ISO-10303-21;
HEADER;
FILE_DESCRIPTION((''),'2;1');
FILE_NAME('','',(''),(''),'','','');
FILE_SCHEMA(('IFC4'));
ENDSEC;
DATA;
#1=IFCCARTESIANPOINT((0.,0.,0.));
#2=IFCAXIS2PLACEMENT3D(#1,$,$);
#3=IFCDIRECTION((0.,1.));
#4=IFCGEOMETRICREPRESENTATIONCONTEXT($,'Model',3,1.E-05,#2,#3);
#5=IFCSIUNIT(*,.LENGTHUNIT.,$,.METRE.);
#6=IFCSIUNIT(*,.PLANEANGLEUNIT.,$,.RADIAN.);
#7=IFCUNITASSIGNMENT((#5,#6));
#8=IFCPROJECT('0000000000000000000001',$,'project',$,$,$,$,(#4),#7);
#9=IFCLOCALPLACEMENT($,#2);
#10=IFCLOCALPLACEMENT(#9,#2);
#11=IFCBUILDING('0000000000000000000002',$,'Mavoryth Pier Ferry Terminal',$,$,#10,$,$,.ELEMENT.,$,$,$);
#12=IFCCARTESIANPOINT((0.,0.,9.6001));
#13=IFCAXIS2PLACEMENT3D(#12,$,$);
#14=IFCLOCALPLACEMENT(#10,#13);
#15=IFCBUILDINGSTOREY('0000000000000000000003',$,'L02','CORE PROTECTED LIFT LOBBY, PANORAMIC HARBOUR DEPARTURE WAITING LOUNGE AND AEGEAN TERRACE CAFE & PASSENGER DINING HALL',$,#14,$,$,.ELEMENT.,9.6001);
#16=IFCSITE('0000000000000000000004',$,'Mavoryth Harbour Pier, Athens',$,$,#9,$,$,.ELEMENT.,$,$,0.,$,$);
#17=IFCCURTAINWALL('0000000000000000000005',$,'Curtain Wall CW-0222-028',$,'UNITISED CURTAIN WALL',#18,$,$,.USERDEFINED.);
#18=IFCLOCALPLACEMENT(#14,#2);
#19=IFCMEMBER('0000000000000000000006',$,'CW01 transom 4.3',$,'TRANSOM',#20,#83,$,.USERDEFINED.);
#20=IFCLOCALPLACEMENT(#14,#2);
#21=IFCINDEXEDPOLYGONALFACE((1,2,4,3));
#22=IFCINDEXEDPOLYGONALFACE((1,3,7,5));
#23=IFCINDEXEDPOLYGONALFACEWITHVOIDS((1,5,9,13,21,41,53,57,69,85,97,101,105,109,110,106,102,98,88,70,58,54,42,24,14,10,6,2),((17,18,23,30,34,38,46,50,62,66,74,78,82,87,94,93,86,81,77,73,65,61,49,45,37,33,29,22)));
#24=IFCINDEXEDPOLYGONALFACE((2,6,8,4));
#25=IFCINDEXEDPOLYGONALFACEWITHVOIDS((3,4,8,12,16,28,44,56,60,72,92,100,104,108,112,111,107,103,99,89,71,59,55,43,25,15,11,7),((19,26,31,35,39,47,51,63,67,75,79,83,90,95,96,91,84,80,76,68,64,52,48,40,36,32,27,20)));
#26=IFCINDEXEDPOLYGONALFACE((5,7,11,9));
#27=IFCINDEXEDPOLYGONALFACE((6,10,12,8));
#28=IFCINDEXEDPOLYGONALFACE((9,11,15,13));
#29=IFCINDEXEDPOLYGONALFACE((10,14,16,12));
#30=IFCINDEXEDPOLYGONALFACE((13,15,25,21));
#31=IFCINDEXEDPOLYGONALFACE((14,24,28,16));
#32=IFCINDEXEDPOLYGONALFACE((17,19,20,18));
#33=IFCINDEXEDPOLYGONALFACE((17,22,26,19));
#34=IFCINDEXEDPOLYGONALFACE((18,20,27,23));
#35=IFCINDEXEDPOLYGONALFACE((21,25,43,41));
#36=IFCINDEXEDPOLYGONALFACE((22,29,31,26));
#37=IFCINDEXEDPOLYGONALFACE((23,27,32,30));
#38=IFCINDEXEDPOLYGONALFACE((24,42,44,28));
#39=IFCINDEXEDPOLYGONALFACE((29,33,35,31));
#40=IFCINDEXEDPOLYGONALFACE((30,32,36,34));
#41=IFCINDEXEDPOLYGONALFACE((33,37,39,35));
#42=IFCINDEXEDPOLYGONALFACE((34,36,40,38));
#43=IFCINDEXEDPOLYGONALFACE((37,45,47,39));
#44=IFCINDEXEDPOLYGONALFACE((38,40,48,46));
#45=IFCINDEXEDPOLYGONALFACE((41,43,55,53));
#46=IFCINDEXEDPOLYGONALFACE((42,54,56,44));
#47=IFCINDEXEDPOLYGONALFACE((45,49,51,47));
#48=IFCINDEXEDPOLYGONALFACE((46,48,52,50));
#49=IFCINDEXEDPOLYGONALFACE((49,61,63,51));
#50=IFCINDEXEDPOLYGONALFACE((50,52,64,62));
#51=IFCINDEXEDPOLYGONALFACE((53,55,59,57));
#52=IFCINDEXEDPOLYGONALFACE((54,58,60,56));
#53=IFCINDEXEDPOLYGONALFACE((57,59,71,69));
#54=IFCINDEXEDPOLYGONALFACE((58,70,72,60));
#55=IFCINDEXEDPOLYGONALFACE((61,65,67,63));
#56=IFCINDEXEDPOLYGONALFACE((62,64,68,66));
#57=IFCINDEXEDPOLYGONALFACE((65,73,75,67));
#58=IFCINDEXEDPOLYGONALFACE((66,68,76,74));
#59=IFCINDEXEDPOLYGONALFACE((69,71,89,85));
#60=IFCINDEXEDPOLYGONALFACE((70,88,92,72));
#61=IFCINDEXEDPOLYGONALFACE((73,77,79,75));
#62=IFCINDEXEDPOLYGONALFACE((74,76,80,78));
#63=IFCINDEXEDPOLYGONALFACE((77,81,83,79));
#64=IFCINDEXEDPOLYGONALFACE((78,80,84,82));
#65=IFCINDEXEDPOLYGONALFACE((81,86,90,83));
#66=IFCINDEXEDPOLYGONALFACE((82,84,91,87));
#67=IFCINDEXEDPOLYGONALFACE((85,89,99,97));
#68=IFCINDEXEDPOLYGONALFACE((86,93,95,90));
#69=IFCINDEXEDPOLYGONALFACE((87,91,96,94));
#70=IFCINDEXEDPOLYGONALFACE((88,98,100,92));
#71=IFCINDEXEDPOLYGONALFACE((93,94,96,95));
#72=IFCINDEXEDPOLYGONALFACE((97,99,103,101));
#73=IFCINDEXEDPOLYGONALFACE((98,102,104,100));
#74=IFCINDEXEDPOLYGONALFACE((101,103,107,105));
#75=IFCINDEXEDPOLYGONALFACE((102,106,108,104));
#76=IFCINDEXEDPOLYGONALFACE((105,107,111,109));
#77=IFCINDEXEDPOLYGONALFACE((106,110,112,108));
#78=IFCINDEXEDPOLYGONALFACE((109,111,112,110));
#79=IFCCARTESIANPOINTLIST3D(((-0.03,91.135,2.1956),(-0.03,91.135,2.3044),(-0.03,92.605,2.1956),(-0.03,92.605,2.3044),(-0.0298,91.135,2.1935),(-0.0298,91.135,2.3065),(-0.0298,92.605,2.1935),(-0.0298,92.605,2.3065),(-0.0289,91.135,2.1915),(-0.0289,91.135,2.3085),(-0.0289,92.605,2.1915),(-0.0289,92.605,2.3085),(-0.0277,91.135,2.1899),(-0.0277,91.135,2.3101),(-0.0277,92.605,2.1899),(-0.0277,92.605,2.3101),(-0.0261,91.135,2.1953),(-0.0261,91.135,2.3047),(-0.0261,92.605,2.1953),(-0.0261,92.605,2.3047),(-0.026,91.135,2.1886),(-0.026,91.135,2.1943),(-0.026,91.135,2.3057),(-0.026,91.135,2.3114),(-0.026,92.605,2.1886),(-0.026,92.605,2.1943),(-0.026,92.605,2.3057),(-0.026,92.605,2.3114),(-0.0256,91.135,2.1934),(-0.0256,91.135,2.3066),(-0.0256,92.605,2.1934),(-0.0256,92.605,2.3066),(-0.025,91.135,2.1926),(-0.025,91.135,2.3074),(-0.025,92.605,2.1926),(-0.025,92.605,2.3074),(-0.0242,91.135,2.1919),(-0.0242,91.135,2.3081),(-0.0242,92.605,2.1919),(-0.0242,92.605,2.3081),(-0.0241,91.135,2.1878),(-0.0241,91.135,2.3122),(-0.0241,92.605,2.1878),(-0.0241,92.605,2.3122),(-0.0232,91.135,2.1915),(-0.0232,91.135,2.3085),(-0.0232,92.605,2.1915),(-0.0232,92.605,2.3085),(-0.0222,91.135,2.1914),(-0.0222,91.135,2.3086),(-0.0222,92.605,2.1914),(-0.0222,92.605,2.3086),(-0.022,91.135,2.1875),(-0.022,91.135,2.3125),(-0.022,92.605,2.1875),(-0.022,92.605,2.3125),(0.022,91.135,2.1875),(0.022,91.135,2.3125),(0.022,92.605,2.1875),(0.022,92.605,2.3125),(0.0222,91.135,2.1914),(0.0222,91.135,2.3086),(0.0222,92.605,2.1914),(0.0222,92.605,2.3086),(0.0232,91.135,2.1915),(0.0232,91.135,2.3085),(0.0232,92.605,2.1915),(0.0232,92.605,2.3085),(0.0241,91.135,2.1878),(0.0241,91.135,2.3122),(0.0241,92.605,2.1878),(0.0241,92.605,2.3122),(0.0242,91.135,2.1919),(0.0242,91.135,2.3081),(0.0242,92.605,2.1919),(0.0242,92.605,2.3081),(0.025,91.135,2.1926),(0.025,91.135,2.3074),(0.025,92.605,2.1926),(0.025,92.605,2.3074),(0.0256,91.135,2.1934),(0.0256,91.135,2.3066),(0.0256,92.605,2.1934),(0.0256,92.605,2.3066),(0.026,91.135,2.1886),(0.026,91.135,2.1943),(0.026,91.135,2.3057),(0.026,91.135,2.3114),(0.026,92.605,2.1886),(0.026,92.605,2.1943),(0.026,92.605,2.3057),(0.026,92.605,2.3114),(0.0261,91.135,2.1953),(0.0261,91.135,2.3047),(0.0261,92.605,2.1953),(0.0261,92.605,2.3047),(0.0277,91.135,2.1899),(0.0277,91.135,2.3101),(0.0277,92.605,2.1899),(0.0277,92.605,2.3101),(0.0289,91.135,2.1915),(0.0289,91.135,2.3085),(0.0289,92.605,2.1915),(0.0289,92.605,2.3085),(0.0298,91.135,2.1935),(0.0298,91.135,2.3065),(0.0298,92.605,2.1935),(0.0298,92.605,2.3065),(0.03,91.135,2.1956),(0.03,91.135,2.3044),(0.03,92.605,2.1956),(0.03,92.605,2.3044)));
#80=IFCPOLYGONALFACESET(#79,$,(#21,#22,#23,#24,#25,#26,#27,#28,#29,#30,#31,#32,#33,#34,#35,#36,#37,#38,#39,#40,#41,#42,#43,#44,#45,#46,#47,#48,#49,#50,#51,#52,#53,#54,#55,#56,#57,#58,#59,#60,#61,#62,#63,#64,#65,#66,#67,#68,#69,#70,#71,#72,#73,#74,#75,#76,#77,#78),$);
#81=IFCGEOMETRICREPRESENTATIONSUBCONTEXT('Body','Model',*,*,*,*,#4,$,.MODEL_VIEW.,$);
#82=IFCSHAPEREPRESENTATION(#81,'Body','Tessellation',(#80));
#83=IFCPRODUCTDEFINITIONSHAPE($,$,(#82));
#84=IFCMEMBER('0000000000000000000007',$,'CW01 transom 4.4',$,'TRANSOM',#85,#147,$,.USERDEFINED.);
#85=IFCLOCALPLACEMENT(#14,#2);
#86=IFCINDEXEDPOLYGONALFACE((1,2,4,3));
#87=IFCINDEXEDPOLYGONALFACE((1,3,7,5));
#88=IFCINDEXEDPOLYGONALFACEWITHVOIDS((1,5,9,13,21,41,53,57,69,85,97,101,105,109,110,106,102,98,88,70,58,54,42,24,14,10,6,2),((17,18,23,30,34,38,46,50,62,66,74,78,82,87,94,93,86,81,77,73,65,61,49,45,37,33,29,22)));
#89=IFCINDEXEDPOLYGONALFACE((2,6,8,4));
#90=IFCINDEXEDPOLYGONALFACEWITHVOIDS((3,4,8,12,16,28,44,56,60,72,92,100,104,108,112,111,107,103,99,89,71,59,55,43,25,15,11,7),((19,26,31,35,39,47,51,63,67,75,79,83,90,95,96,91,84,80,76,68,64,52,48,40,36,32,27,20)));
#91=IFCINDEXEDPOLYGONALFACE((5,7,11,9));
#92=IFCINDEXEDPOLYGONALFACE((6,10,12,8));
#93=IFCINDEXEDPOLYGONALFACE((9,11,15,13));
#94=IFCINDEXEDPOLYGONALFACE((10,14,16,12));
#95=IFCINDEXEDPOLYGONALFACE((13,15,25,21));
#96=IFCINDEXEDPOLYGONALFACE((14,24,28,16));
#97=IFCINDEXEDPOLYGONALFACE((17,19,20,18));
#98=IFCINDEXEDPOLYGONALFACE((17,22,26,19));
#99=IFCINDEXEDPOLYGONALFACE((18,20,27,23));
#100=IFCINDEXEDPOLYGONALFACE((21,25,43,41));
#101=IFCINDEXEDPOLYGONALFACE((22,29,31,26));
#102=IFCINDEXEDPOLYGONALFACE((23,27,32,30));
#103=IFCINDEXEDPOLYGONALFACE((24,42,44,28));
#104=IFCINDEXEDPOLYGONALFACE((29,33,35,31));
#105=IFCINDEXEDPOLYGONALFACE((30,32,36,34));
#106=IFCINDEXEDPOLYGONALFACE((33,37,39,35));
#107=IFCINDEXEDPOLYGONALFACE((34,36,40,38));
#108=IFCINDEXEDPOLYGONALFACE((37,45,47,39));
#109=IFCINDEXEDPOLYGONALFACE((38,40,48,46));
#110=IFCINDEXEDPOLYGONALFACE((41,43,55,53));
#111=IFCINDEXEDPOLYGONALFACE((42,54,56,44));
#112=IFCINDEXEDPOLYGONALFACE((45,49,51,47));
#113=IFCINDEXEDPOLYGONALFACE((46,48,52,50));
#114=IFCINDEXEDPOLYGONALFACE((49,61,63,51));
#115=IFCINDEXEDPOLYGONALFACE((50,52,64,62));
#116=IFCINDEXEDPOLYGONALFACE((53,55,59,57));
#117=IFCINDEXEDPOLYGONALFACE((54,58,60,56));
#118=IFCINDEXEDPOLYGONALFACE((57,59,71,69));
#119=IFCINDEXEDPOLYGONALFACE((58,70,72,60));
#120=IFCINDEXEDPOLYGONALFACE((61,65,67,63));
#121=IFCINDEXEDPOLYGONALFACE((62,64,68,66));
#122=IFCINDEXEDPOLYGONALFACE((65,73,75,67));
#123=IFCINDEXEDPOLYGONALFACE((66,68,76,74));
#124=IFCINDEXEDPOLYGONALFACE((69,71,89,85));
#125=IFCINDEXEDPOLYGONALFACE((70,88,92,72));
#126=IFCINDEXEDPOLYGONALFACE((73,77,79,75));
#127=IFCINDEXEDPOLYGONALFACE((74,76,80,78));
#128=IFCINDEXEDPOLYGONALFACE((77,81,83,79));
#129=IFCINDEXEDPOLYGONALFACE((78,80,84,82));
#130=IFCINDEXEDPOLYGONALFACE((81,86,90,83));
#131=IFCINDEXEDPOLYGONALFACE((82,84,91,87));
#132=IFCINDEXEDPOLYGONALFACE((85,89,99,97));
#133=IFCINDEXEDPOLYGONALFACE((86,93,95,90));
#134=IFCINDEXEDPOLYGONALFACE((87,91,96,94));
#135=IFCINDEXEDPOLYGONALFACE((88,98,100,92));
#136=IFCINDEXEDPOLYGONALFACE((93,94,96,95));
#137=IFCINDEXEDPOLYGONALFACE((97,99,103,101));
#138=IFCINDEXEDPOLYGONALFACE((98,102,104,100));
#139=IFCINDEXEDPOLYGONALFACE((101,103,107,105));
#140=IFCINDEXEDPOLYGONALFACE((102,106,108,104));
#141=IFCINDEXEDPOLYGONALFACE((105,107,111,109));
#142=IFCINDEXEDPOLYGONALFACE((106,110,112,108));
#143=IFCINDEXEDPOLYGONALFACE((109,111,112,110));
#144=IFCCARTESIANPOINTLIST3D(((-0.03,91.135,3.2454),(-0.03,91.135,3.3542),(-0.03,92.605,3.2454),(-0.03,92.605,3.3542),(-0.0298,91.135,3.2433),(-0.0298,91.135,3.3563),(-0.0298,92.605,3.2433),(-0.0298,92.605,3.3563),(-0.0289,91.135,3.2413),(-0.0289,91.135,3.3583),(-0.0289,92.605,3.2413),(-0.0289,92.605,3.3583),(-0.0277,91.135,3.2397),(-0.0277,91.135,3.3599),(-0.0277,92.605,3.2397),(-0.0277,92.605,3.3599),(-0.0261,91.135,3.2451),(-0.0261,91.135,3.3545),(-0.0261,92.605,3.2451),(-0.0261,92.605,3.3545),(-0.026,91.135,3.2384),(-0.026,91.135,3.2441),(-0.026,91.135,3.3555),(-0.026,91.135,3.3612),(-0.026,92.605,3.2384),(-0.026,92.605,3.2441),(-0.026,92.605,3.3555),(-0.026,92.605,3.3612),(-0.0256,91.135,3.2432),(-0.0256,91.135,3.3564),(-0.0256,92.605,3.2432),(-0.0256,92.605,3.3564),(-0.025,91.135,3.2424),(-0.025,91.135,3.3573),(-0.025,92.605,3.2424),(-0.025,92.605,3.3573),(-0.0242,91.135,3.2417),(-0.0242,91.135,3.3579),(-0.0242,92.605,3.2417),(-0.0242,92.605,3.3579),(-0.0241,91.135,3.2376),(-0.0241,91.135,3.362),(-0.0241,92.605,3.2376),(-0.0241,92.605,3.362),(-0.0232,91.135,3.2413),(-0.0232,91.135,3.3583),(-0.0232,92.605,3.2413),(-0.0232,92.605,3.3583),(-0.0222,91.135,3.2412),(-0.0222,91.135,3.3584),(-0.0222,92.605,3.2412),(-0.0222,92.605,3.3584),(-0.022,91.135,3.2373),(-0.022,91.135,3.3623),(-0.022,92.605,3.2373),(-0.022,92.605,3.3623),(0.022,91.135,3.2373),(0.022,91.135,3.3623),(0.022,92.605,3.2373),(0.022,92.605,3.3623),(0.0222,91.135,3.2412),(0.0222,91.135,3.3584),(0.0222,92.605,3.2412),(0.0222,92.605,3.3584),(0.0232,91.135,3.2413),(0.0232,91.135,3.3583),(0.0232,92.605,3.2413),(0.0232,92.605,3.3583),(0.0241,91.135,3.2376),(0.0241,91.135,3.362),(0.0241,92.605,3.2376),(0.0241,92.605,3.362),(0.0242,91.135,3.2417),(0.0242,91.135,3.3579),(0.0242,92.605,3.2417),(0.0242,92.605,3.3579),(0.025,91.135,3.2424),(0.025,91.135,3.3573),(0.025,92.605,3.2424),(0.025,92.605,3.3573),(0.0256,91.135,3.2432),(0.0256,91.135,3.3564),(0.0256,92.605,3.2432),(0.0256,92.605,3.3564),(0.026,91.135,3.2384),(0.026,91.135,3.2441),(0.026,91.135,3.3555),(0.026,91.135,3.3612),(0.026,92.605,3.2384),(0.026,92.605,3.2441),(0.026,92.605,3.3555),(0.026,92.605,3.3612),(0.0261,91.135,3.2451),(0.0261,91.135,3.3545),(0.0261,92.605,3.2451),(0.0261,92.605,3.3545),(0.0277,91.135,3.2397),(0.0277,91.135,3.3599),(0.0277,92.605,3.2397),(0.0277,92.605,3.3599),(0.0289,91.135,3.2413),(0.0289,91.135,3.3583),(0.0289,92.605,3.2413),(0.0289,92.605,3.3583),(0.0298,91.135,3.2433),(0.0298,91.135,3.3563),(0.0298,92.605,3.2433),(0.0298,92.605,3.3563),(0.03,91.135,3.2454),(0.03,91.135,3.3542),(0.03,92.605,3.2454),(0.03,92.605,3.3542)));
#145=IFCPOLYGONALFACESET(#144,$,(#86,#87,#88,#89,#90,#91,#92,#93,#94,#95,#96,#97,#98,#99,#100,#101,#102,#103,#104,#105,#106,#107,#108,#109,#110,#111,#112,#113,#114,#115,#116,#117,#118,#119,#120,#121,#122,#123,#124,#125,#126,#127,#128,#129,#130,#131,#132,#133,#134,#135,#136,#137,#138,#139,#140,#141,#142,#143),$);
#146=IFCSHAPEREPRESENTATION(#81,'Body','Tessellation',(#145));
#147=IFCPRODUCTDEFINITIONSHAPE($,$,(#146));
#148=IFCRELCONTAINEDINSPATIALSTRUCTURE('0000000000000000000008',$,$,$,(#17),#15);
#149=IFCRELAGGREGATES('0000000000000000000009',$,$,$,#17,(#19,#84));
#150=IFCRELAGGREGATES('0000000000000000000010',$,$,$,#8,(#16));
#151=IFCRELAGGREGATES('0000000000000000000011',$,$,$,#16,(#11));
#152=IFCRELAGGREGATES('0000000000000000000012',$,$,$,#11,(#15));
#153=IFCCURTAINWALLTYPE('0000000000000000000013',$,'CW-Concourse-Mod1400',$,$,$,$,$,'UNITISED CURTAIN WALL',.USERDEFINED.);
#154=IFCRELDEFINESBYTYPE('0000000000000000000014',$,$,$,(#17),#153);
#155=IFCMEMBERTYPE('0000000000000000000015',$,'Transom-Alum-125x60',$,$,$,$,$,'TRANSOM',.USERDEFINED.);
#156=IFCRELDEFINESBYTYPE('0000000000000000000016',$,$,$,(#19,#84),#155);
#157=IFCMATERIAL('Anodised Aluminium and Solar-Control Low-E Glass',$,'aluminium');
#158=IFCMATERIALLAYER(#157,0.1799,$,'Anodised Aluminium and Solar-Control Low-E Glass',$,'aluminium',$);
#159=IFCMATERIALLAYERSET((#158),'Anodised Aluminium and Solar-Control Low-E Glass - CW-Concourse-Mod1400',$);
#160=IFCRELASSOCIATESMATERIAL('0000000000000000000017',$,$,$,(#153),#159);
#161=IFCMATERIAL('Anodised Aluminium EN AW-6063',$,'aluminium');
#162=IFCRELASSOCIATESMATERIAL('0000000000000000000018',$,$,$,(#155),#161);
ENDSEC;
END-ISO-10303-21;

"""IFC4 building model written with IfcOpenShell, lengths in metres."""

from ifc_helpers import new_model, si_unit, direction, frame, origin, origin_2d, place, context, subcontext, project, spatial, hollow_rectangle, extrude, material, layer, layer_set, material_profile, profile_set, type_object, element, aggregate, save


model = new_model("IFC4")

# Units and contexts
model_context = context("Model", 3, precision=1e-05, world=origin(), true_north=direction((0.0, 1.0)))
body_context = subcontext(model_context, "Body", "Model", "MODEL_VIEW")
ifc_project = project(units=[si_unit("LENGTHUNIT", "METRE"), si_unit("PLANEANGLEUNIT", "RADIAN")], contexts=[model_context])

# Site, building, storey
site_placement = place(None, origin())
site = spatial("IfcSite", under=ifc_project, at=site_placement, Name="Mavoryth Harbour Pier, Athens", CompositionType="ELEMENT", RefElevation=0.0)
building_placement = place(site_placement, origin())
building = spatial("IfcBuilding", under=site, at=building_placement, Name="Mavoryth Pier Ferry Terminal", CompositionType="ELEMENT")
storey_placement = place(building_placement, frame((0.0, 0.0, 9.6001)))
storey = spatial("IfcBuildingStorey", under=building, at=storey_placement, Name="L02", Description="CORE PROTECTED LIFT LOBBY, PANORAMIC HARBOUR DEPARTURE WAITING LOUNGE AND AEGEAN TERRACE CAFE & PASSENGER DINING HALL", CompositionType="ELEMENT", Elevation=9.6001)

# Shared definitions
ifc_material_1 = material(Name="Anodised Aluminium and Solar-Control Low-E Glass", Category="aluminium")
ifc_layer_1 = layer(ifc_material_1, 0.1799, Name="Anodised Aluminium and Solar-Control Low-E Glass", Category="aluminium")
ifc_layer_set_1 = layer_set([ifc_layer_1], Name="Anodised Aluminium and Solar-Control Low-E Glass - CW-Concourse-Mod1400")
curtain_wall_type = type_object("IfcCurtainWallType", Name="CW-Concourse-Mod1400", ElementType="UNITISED CURTAIN WALL", PredefinedType="USERDEFINED", material=ifc_layer_set_1)
ifc_material_2 = material(Name="Anodised Aluminium EN AW-6063", Category="aluminium")

# Curtain wall
curtain_wall_1_placement = place(storey_placement, origin())
curtain_wall_1 = element("IfcCurtainWall", 1, at=curtain_wall_1_placement, inside=storey, type_object=curtain_wall_type, Name="Curtain Wall CW-0222-028", ObjectType="UNITISED CURTAIN WALL", PredefinedType="USERDEFINED")

# Members
ifc_material_profile_1 = material_profile(ifc_material_2, hollow_rectangle(XDim=0.0601, YDim=0.125, WallThickness=0.0039, InnerFilletRadius=0.0039, OuterFilletRadius=0.0081, at=origin_2d()), Name="AL-TRAN 125x60x4", Category="aluminium")
ifc_profile_set_1 = profile_set([ifc_material_profile_1], Name="Anodised Aluminium EN AW-6063 - AL-TRAN 125x60x4")
member_type_1 = type_object("IfcMemberType", Name="Transom-Alum-125x60", ElementType="TRANSOM", PredefinedType="USERDEFINED", material=ifc_profile_set_1)
member_1_placement = place(storey_placement, frame((0.0, 92.605, 2.25), z_axis=(0.0, -1.0, 0.0), x_axis=(1.0, 0.0, 0.0)))
member_1 = element("IfcMember", 2, at=member_1_placement, type_object=member_type_1, Name="CW01 transom 4.3", ObjectType="TRANSOM", PredefinedType="USERDEFINED", context=body_context, shape_type="SweptSolid", body=[
    extrude(hollow_rectangle(XDim=0.0601, YDim=0.125, WallThickness=0.0039, InnerFilletRadius=0.0039, OuterFilletRadius=0.0081, at=origin_2d()), origin(), (0.0, 0.0, 1.0), 1.47),
])
member_2_placement = place(storey_placement, frame((0.0, 92.605, 3.2998), z_axis=(0.0, -1.0, 0.0), x_axis=(1.0, 0.0, 0.0)))
member_2 = element("IfcMember", 3, at=member_2_placement, type_object=member_type_1, Name="CW01 transom 4.4", ObjectType="TRANSOM", PredefinedType="USERDEFINED", context=body_context, shape_type="SweptSolid", body=[
    extrude(hollow_rectangle(XDim=0.0601, YDim=0.125, WallThickness=0.0039, InnerFilletRadius=0.0039, OuterFilletRadius=0.0081, at=origin_2d()), origin(), (0.0, 0.0, 1.0), 1.47),
])

aggregate(curtain_wall_1, [member_1, member_2])

save(model, "model.ifc")
